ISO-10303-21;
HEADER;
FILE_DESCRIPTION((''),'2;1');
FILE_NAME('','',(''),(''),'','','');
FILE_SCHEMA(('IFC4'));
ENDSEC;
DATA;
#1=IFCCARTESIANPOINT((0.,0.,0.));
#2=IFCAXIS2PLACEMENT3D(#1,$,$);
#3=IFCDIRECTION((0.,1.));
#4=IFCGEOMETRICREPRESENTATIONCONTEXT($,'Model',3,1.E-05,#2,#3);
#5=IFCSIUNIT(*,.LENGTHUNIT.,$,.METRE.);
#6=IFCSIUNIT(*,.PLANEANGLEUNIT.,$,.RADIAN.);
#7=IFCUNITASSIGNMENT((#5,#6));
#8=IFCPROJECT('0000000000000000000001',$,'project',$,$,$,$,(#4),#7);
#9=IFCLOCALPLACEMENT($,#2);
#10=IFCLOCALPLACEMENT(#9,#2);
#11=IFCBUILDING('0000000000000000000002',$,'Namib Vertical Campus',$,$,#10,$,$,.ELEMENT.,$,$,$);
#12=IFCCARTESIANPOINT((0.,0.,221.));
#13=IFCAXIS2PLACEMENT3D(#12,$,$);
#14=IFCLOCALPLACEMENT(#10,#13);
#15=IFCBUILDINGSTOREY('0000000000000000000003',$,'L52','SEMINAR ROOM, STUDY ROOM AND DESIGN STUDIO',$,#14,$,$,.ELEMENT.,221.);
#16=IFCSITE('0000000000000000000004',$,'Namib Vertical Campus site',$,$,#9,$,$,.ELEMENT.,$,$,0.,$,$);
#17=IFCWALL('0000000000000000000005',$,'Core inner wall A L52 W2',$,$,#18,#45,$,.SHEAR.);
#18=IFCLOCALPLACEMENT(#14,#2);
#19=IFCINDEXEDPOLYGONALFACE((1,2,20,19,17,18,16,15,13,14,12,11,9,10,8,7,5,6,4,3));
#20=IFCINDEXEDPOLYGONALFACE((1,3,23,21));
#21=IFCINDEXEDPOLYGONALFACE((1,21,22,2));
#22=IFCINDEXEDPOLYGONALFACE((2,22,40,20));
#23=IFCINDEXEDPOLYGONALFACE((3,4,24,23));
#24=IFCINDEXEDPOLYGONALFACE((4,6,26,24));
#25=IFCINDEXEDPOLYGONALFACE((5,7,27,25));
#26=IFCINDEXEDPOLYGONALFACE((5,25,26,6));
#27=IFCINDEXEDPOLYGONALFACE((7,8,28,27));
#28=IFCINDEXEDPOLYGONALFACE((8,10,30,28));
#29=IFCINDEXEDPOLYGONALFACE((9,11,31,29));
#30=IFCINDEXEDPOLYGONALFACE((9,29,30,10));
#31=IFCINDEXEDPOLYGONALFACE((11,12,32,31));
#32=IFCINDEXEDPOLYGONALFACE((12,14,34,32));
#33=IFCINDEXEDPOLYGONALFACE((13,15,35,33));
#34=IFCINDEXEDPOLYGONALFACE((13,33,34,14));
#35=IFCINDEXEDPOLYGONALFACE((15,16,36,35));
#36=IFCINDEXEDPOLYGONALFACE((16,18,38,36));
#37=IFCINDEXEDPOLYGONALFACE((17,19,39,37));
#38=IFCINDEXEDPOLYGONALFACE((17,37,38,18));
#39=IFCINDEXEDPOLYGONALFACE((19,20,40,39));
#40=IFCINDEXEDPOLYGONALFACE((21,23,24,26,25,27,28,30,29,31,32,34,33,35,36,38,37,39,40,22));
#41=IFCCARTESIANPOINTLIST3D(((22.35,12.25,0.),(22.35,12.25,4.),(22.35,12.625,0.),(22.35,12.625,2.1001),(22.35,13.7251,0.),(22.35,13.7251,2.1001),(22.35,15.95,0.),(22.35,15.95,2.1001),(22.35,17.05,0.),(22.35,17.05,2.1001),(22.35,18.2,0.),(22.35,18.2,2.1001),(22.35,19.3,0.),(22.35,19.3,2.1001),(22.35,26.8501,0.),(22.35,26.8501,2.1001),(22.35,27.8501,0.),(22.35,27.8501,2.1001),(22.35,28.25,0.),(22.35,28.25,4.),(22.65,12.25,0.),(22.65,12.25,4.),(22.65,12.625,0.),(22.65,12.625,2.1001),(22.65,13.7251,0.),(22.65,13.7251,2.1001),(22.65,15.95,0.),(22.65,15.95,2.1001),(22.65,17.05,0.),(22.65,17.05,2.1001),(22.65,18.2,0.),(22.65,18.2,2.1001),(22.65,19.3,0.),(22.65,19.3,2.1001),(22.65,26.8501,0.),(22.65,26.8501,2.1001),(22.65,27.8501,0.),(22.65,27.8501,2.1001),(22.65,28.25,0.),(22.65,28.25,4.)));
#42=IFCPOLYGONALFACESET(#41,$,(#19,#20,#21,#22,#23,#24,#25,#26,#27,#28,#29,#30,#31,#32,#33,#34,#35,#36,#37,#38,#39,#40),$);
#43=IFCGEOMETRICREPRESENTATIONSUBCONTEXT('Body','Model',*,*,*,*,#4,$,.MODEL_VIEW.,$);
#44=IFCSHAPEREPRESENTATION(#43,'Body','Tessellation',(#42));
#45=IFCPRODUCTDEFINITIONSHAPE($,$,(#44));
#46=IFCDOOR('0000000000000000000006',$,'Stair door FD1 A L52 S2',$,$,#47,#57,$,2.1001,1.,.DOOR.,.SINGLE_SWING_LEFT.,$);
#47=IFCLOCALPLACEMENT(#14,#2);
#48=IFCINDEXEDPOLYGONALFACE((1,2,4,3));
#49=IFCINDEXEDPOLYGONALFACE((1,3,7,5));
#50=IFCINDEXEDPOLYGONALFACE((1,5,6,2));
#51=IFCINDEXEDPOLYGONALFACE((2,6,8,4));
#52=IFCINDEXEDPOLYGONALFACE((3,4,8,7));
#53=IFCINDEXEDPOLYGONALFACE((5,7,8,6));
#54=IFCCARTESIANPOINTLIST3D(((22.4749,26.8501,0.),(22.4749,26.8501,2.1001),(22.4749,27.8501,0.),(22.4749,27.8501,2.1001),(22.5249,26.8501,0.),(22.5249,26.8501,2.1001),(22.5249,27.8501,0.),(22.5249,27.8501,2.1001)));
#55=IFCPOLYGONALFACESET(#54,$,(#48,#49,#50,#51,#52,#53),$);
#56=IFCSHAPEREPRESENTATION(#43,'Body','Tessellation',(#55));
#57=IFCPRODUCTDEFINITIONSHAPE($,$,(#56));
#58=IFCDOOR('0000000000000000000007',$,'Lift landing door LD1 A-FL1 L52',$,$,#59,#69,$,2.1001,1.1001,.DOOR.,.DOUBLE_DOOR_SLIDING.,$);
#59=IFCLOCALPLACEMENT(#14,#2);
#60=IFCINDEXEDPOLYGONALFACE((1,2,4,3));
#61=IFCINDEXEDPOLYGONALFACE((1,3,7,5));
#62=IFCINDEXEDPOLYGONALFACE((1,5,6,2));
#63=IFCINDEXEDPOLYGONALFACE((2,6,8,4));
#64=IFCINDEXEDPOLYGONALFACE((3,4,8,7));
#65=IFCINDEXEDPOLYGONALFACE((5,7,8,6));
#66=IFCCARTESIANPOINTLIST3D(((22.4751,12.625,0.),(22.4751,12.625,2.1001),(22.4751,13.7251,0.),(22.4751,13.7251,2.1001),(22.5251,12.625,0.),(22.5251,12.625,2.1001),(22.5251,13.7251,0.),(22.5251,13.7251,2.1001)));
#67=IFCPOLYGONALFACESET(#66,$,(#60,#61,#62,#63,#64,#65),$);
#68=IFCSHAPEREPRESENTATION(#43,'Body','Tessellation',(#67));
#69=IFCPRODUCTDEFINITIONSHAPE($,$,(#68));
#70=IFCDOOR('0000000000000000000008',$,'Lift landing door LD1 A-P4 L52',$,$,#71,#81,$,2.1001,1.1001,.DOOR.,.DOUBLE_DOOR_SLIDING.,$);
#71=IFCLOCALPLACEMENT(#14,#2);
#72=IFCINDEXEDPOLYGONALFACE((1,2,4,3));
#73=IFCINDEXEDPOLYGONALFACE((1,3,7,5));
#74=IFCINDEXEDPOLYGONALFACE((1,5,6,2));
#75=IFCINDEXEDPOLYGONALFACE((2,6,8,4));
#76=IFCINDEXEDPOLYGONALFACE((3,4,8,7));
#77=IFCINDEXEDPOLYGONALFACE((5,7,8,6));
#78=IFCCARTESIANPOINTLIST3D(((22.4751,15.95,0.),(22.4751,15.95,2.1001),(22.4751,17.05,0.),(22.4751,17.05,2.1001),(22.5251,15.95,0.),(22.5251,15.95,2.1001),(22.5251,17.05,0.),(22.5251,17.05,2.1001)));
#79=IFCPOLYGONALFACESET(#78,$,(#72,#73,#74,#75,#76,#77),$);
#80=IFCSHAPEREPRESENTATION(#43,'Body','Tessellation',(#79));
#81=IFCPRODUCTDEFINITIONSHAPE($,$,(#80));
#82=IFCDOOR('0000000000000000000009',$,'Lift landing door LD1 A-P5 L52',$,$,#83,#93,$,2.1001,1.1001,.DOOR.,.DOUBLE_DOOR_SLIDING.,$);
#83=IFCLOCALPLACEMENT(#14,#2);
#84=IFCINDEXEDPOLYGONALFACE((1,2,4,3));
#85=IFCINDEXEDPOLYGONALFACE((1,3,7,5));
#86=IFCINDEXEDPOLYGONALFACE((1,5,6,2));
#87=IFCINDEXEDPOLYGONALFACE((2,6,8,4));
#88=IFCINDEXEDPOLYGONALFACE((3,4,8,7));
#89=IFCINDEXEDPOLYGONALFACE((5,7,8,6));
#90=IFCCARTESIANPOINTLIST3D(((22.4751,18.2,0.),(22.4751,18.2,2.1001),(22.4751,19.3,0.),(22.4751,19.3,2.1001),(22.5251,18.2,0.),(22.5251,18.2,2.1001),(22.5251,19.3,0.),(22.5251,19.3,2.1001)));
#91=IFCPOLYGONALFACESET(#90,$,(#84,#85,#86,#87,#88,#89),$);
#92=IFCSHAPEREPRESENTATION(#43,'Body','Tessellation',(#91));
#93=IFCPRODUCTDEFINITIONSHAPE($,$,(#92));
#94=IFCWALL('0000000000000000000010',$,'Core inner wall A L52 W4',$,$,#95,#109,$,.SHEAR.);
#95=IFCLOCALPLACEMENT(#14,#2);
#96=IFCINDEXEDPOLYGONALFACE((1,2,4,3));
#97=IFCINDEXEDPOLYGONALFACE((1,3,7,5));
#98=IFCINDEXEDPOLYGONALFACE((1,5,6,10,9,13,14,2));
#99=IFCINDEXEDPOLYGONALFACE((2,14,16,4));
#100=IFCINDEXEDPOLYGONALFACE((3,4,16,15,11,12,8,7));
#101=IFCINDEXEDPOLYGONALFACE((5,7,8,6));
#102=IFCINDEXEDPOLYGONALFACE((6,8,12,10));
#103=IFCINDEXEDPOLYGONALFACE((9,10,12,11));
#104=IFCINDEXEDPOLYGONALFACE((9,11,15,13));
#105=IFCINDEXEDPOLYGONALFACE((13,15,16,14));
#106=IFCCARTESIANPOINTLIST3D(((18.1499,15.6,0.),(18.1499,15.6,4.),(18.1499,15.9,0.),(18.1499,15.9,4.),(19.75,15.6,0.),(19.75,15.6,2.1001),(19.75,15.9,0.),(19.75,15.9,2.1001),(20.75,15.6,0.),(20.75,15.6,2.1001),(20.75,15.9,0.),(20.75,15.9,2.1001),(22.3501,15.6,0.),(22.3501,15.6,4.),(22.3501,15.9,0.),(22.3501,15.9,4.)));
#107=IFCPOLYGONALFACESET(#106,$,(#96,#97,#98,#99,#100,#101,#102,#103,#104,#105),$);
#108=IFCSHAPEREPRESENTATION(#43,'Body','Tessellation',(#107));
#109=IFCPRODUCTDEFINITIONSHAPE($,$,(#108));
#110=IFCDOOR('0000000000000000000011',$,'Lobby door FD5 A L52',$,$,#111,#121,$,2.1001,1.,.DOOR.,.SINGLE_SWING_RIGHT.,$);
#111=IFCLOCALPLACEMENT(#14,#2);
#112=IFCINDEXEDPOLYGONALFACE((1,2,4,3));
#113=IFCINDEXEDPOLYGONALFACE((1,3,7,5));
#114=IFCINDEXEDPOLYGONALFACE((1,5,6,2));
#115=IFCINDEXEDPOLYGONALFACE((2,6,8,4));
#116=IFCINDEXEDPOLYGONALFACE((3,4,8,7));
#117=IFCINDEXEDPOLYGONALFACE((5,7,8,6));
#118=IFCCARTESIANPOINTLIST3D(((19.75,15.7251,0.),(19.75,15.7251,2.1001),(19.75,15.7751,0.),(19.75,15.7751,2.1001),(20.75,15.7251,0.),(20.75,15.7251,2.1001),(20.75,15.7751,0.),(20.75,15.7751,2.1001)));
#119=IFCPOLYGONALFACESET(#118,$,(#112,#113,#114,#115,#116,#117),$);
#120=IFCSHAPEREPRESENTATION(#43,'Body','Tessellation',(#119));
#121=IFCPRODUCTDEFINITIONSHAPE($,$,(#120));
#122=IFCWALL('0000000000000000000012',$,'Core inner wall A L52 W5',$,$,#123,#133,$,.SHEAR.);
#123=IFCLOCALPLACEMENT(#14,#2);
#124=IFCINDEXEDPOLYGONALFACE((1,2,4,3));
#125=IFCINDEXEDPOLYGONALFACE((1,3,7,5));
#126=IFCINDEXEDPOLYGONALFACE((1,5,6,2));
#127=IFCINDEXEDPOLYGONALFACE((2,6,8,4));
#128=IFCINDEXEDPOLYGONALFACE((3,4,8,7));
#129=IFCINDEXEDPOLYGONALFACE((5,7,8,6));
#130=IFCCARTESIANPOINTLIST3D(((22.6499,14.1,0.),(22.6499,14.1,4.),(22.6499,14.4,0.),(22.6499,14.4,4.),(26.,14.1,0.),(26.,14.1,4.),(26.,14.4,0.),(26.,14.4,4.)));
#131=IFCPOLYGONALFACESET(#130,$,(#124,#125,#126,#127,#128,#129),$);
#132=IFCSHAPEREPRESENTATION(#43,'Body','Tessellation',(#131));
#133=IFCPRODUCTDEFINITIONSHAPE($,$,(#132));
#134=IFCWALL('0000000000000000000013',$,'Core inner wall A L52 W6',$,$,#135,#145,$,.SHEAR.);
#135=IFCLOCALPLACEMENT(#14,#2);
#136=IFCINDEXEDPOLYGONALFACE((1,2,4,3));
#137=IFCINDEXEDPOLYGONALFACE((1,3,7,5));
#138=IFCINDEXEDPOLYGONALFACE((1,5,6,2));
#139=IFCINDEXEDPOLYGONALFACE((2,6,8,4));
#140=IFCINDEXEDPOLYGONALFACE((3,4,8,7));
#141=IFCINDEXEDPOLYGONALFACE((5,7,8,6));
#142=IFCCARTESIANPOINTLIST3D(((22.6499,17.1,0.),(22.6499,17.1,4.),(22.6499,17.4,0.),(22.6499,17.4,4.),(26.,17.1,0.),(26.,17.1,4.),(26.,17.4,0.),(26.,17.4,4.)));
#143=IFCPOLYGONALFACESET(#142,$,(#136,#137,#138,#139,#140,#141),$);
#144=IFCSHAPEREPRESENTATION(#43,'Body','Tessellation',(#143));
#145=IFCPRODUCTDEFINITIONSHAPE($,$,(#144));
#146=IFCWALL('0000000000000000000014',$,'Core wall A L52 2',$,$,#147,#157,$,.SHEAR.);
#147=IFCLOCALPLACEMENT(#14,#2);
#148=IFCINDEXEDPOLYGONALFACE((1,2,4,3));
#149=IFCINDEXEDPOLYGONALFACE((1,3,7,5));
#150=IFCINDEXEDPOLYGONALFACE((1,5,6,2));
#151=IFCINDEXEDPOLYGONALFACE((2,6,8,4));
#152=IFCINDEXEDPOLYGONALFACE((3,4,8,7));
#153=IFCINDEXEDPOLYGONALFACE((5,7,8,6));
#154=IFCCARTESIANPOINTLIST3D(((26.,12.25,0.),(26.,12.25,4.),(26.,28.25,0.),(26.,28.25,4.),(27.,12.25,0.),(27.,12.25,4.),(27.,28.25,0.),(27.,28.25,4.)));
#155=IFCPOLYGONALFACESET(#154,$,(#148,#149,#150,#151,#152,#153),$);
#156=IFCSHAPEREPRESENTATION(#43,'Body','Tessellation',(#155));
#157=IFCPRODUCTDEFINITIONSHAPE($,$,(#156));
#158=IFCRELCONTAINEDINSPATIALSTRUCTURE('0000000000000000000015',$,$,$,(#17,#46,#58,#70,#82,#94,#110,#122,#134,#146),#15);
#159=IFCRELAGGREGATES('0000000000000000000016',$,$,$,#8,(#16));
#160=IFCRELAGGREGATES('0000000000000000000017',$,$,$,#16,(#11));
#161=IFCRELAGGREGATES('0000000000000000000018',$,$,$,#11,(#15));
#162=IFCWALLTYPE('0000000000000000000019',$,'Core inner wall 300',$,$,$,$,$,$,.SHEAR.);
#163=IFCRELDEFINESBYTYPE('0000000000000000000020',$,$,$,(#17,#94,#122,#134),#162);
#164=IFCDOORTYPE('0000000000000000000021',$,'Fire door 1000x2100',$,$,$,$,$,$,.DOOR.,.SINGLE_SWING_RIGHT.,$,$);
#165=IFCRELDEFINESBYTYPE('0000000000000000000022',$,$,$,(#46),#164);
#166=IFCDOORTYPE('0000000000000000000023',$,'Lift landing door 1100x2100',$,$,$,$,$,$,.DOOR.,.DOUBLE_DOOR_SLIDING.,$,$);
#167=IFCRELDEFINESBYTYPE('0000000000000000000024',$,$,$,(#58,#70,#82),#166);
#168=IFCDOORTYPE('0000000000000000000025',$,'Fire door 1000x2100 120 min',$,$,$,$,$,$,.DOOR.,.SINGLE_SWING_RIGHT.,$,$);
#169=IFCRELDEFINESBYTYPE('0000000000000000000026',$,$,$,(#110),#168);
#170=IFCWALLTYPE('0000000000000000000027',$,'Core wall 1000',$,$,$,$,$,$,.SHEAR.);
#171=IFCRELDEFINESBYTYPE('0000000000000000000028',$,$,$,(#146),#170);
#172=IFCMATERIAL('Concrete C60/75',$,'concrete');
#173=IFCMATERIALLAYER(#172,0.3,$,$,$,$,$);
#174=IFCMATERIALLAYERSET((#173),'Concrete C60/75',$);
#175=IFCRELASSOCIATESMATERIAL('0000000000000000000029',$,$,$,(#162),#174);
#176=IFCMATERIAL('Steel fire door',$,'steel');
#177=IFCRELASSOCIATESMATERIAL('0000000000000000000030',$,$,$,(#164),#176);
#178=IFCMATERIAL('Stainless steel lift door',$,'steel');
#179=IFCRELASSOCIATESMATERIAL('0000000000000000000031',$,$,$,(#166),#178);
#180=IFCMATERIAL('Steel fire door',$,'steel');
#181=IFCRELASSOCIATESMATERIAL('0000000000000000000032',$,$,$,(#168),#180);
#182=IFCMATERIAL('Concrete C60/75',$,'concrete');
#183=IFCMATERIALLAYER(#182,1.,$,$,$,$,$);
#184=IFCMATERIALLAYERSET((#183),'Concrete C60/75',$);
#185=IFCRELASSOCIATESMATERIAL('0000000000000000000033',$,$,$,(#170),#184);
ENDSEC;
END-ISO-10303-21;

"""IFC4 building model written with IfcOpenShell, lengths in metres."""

from ifc_helpers import new_model, si_unit, direction, frame, frame_2d, origin, place, context, subcontext, project, spatial, rectangle, extrude, material, layer, layer_set, type_object, element, fill, save


model = new_model("IFC4")

# Units and contexts
model_context = context("Model", 3, precision=1e-05, world=origin(), true_north=direction((0.0, 1.0)))
body_context = subcontext(model_context, "Body", "Model", "MODEL_VIEW")
ifc_project = project(units=[si_unit("LENGTHUNIT", "METRE"), si_unit("PLANEANGLEUNIT", "RADIAN")], contexts=[model_context])

# Site, building, storey
site_placement = place(None, origin())
site = spatial("IfcSite", under=ifc_project, at=site_placement, Name="Namib Vertical Campus site", CompositionType="ELEMENT", RefElevation=0.0)
building_placement = place(site_placement, origin())
building = spatial("IfcBuilding", under=site, at=building_placement, Name="Namib Vertical Campus", CompositionType="ELEMENT")
storey_placement = place(building_placement, frame((0.0, 0.0, 221.0)))
storey = spatial("IfcBuildingStorey", under=building, at=storey_placement, Name="L52", Description="SEMINAR ROOM, STUDY ROOM AND DESIGN STUDIO", CompositionType="ELEMENT", Elevation=221.0)

# Wall, openings, doors
ifc_material_1 = material(Name="Concrete C60/75", Category="concrete")
ifc_layer_1 = layer(ifc_material_1, 0.3)
ifc_layer_set_1 = layer_set([ifc_layer_1], Name="Concrete C60/75")
wall_type_1 = type_object("IfcWallType", Name="Core inner wall 300", PredefinedType="SHEAR", material=ifc_layer_set_1)
wall_1_placement = place(storey_placement, frame((22.5, 12.25, 0.0), z_axis=(0.0, 0.0, 1.0), x_axis=(0.0, 1.0, 0.0)))
wall_1 = element("IfcWall", 1, at=wall_1_placement, inside=storey, type_object=wall_type_1, Name="Core inner wall A L52 W2", PredefinedType="SHEAR", context=body_context, shape_type="SweptSolid", body=[
    extrude(rectangle(XDim=16.0, YDim=0.3, at=frame_2d((8.0, 0.0))), origin(), (0.0, 0.0, 1.0), 4.0),
])
opening_1_placement = place(wall_1_placement, frame((14.6001, 0.0, 0.0)))
opening_1 = element("IfcOpeningElement", 2, at=opening_1_placement, cuts=wall_1, PredefinedType="OPENING", context=body_context, shape_type="SweptSolid", body=[
    extrude(rectangle(XDim=1.0, YDim=2.1001, at=frame_2d((0.5, 1.05))), frame((0.0, 0.1599, 0.0), z_axis=(0.0, -1.0, 0.0), x_axis=(1.0, 0.0, 0.0)), (0.0, 0.0, 1.0), 0.3201),
])
opening_2_placement = place(wall_1_placement, frame((0.375, 0.0, 0.0)))
opening_2 = element("IfcOpeningElement", 3, at=opening_2_placement, cuts=wall_1, PredefinedType="OPENING", context=body_context, shape_type="SweptSolid", body=[
    extrude(rectangle(XDim=1.1001, YDim=2.1001, at=frame_2d((0.55, 1.05))), frame((0.0, 0.1599, 0.0), z_axis=(0.0, -1.0, 0.0), x_axis=(1.0, 0.0, 0.0)), (0.0, 0.0, 1.0), 0.3201),
])
opening_3_placement = place(wall_1_placement, frame((3.7, 0.0, 0.0)))
opening_3 = element("IfcOpeningElement", 4, at=opening_3_placement, cuts=wall_1, PredefinedType="OPENING", context=body_context, shape_type="SweptSolid", body=[
    extrude(rectangle(XDim=1.1001, YDim=2.1001, at=frame_2d((0.55, 1.05))), frame((0.0, 0.1599, 0.0), z_axis=(0.0, -1.0, 0.0), x_axis=(1.0, 0.0, 0.0)), (0.0, 0.0, 1.0), 0.3201),
])
opening_4_placement = place(wall_1_placement, frame((5.95, 0.0, 0.0)))
opening_4 = element("IfcOpeningElement", 5, at=opening_4_placement, cuts=wall_1, PredefinedType="OPENING", context=body_context, shape_type="SweptSolid", body=[
    extrude(rectangle(XDim=1.1001, YDim=2.1001, at=frame_2d((0.55, 1.05))), frame((0.0, 0.1599, 0.0), z_axis=(0.0, -1.0, 0.0), x_axis=(1.0, 0.0, 0.0)), (0.0, 0.0, 1.0), 0.3201),
])
ifc_material_2 = material(Name="Steel fire door", Category="steel")
door_type_1 = type_object("IfcDoorType", Name="Fire door 1000x2100", OperationType="SINGLE_SWING_RIGHT", PredefinedType="DOOR", material=ifc_material_2)
door_1_placement = place(opening_1_placement, frame((1.0, 0.0, 0.0), z_axis=(0.0, 0.0, 1.0), x_axis=(-1.0, 0.0, 0.0)))
door_1 = element("IfcDoor", 6, at=door_1_placement, inside=storey, type_object=door_type_1, Name="Stair door FD1 A L52 S2", OperationType="SINGLE_SWING_LEFT", OverallHeight=2.1001, OverallWidth=1.0, PredefinedType="DOOR", context=body_context, shape_type="SweptSolid", body=[
    extrude(rectangle(XDim=1.0, YDim=2.1001, at=frame_2d((0.5, 1.05))), frame((0.0, 0.0249, 0.0), z_axis=(0.0, -1.0, 0.0), x_axis=(1.0, 0.0, 0.0)), (0.0, 0.0, 1.0), 0.05),
])
fill(opening_1, door_1)
ifc_material_3 = material(Name="Stainless steel lift door", Category="steel")
door_type_2 = type_object("IfcDoorType", Name="Lift landing door 1100x2100", OperationType="DOUBLE_DOOR_SLIDING", PredefinedType="DOOR", material=ifc_material_3)
door_2_placement = place(opening_2_placement, origin())
door_2 = element("IfcDoor", 7, at=door_2_placement, inside=storey, type_object=door_type_2, Name="Lift landing door LD1 A-FL1 L52", OperationType="DOUBLE_DOOR_SLIDING", OverallHeight=2.1001, OverallWidth=1.1001, PredefinedType="DOOR", context=body_context, shape_type="SweptSolid", body=[
    extrude(rectangle(XDim=1.1001, YDim=2.1001, at=frame_2d((0.55, 1.05))), frame((0.0, 0.0249, 0.0), z_axis=(0.0, -1.0, 0.0), x_axis=(1.0, 0.0, 0.0)), (0.0, 0.0, 1.0), 0.05),
])
fill(opening_2, door_2)
door_3_placement = place(opening_3_placement, origin())
door_3 = element("IfcDoor", 8, at=door_3_placement, inside=storey, type_object=door_type_2, Name="Lift landing door LD1 A-P4 L52", OperationType="DOUBLE_DOOR_SLIDING", OverallHeight=2.1001, OverallWidth=1.1001, PredefinedType="DOOR", context=body_context, shape_type="SweptSolid", body=[
    extrude(rectangle(XDim=1.1001, YDim=2.1001, at=frame_2d((0.55, 1.05))), frame((0.0, 0.0249, 0.0), z_axis=(0.0, -1.0, 0.0), x_axis=(1.0, 0.0, 0.0)), (0.0, 0.0, 1.0), 0.05),
])
fill(opening_3, door_3)
door_4_placement = place(opening_4_placement, origin())
door_4 = element("IfcDoor", 9, at=door_4_placement, inside=storey, type_object=door_type_2, Name="Lift landing door LD1 A-P5 L52", OperationType="DOUBLE_DOOR_SLIDING", OverallHeight=2.1001, OverallWidth=1.1001, PredefinedType="DOOR", context=body_context, shape_type="SweptSolid", body=[
    extrude(rectangle(XDim=1.1001, YDim=2.1001, at=frame_2d((0.55, 1.05))), frame((0.0, 0.0249, 0.0), z_axis=(0.0, -1.0, 0.0), x_axis=(1.0, 0.0, 0.0)), (0.0, 0.0, 1.0), 0.05),
])
fill(opening_4, door_4)

# Wall, opening, door
wall_2_placement = place(storey_placement, frame((18.1499, 15.75, 0.0), z_axis=(0.0, 0.0, 1.0), x_axis=(1.0, 0.0, 0.0)))
wall_2 = element("IfcWall", 10, at=wall_2_placement, inside=storey, type_object=wall_type_1, Name="Core inner wall A L52 W4", PredefinedType="SHEAR", context=body_context, shape_type="SweptSolid", body=[
    extrude(rectangle(XDim=4.2002, YDim=0.3, at=frame_2d((2.1001, 0.0))), origin(), (0.0, 0.0, 1.0), 4.0),
])
opening_5_placement = place(wall_2_placement, frame((1.6001, 0.0, 0.0)))
opening_5 = element("IfcOpeningElement", 11, at=opening_5_placement, cuts=wall_2, PredefinedType="OPENING", context=body_context, shape_type="SweptSolid", body=[
    extrude(rectangle(XDim=1.0, YDim=2.1001, at=frame_2d((0.5, 1.05))), frame((0.0, 0.1599, 0.0), z_axis=(0.0, -1.0, 0.0), x_axis=(1.0, 0.0, 0.0)), (0.0, 0.0, 1.0), 0.3201),
])
ifc_material_4 = material(Name="Steel fire door", Category="steel")
door_type_3 = type_object("IfcDoorType", Name="Fire door 1000x2100 120 min", OperationType="SINGLE_SWING_RIGHT", PredefinedType="DOOR", material=ifc_material_4)
door_5_placement = place(opening_5_placement, frame((1.0, 0.0, 0.0), z_axis=(0.0, 0.0, 1.0), x_axis=(-1.0, 0.0, 0.0)))
door_5 = element("IfcDoor", 12, at=door_5_placement, inside=storey, type_object=door_type_3, Name="Lobby door FD5 A L52", OperationType="SINGLE_SWING_RIGHT", OverallHeight=2.1001, OverallWidth=1.0, PredefinedType="DOOR", context=body_context, shape_type="SweptSolid", body=[
    extrude(rectangle(XDim=1.0, YDim=2.1001, at=frame_2d((0.5, 1.05))), frame((0.0, 0.0249, 0.0), z_axis=(0.0, -1.0, 0.0), x_axis=(1.0, 0.0, 0.0)), (0.0, 0.0, 1.0), 0.05),
])
fill(opening_5, door_5)

# Walls
for number, where, z_axis, x_axis, name in (
    (13, (22.6499, 14.25, 0.0), (0.0, 0.0, 1.0), (1.0, 0.0, 0.0), "Core inner wall A L52 W5"),
    (14, (22.6499, 17.25, 0.0), (0.0, 0.0, 1.0), (1.0, 0.0, 0.0), "Core inner wall A L52 W6"),
):
    element("IfcWall", number, at=place(storey_placement, frame(where, z_axis=z_axis, x_axis=x_axis)), inside=storey, type_object=wall_type_1, Name=name, PredefinedType="SHEAR", context=body_context, shape_type="SweptSolid", body=[
        extrude(rectangle(XDim=3.3501, YDim=0.3, at=frame_2d((1.675, 0.0))), origin(), (0.0, 0.0, 1.0), 4.0),
    ])
ifc_material_5 = material(Name="Concrete C60/75", Category="concrete")
ifc_layer_2 = layer(ifc_material_5, 1.0)
ifc_layer_set_2 = layer_set([ifc_layer_2], Name="Concrete C60/75")
wall_type_2 = type_object("IfcWallType", Name="Core wall 1000", PredefinedType="SHEAR", material=ifc_layer_set_2)
wall_3_placement = place(storey_placement, frame((26.5, 12.25, 0.0), z_axis=(0.0, 0.0, 1.0), x_axis=(0.0, 1.0, 0.0)))
element("IfcWall", 15, at=wall_3_placement, inside=storey, type_object=wall_type_2, Name="Core wall A L52 2", PredefinedType="SHEAR", context=body_context, shape_type="SweptSolid", body=[
    extrude(rectangle(XDim=16.0, YDim=1.0, at=frame_2d((8.0, 0.0))), origin(), (0.0, 0.0, 1.0), 4.0),
])

save(model, "model.ifc")
